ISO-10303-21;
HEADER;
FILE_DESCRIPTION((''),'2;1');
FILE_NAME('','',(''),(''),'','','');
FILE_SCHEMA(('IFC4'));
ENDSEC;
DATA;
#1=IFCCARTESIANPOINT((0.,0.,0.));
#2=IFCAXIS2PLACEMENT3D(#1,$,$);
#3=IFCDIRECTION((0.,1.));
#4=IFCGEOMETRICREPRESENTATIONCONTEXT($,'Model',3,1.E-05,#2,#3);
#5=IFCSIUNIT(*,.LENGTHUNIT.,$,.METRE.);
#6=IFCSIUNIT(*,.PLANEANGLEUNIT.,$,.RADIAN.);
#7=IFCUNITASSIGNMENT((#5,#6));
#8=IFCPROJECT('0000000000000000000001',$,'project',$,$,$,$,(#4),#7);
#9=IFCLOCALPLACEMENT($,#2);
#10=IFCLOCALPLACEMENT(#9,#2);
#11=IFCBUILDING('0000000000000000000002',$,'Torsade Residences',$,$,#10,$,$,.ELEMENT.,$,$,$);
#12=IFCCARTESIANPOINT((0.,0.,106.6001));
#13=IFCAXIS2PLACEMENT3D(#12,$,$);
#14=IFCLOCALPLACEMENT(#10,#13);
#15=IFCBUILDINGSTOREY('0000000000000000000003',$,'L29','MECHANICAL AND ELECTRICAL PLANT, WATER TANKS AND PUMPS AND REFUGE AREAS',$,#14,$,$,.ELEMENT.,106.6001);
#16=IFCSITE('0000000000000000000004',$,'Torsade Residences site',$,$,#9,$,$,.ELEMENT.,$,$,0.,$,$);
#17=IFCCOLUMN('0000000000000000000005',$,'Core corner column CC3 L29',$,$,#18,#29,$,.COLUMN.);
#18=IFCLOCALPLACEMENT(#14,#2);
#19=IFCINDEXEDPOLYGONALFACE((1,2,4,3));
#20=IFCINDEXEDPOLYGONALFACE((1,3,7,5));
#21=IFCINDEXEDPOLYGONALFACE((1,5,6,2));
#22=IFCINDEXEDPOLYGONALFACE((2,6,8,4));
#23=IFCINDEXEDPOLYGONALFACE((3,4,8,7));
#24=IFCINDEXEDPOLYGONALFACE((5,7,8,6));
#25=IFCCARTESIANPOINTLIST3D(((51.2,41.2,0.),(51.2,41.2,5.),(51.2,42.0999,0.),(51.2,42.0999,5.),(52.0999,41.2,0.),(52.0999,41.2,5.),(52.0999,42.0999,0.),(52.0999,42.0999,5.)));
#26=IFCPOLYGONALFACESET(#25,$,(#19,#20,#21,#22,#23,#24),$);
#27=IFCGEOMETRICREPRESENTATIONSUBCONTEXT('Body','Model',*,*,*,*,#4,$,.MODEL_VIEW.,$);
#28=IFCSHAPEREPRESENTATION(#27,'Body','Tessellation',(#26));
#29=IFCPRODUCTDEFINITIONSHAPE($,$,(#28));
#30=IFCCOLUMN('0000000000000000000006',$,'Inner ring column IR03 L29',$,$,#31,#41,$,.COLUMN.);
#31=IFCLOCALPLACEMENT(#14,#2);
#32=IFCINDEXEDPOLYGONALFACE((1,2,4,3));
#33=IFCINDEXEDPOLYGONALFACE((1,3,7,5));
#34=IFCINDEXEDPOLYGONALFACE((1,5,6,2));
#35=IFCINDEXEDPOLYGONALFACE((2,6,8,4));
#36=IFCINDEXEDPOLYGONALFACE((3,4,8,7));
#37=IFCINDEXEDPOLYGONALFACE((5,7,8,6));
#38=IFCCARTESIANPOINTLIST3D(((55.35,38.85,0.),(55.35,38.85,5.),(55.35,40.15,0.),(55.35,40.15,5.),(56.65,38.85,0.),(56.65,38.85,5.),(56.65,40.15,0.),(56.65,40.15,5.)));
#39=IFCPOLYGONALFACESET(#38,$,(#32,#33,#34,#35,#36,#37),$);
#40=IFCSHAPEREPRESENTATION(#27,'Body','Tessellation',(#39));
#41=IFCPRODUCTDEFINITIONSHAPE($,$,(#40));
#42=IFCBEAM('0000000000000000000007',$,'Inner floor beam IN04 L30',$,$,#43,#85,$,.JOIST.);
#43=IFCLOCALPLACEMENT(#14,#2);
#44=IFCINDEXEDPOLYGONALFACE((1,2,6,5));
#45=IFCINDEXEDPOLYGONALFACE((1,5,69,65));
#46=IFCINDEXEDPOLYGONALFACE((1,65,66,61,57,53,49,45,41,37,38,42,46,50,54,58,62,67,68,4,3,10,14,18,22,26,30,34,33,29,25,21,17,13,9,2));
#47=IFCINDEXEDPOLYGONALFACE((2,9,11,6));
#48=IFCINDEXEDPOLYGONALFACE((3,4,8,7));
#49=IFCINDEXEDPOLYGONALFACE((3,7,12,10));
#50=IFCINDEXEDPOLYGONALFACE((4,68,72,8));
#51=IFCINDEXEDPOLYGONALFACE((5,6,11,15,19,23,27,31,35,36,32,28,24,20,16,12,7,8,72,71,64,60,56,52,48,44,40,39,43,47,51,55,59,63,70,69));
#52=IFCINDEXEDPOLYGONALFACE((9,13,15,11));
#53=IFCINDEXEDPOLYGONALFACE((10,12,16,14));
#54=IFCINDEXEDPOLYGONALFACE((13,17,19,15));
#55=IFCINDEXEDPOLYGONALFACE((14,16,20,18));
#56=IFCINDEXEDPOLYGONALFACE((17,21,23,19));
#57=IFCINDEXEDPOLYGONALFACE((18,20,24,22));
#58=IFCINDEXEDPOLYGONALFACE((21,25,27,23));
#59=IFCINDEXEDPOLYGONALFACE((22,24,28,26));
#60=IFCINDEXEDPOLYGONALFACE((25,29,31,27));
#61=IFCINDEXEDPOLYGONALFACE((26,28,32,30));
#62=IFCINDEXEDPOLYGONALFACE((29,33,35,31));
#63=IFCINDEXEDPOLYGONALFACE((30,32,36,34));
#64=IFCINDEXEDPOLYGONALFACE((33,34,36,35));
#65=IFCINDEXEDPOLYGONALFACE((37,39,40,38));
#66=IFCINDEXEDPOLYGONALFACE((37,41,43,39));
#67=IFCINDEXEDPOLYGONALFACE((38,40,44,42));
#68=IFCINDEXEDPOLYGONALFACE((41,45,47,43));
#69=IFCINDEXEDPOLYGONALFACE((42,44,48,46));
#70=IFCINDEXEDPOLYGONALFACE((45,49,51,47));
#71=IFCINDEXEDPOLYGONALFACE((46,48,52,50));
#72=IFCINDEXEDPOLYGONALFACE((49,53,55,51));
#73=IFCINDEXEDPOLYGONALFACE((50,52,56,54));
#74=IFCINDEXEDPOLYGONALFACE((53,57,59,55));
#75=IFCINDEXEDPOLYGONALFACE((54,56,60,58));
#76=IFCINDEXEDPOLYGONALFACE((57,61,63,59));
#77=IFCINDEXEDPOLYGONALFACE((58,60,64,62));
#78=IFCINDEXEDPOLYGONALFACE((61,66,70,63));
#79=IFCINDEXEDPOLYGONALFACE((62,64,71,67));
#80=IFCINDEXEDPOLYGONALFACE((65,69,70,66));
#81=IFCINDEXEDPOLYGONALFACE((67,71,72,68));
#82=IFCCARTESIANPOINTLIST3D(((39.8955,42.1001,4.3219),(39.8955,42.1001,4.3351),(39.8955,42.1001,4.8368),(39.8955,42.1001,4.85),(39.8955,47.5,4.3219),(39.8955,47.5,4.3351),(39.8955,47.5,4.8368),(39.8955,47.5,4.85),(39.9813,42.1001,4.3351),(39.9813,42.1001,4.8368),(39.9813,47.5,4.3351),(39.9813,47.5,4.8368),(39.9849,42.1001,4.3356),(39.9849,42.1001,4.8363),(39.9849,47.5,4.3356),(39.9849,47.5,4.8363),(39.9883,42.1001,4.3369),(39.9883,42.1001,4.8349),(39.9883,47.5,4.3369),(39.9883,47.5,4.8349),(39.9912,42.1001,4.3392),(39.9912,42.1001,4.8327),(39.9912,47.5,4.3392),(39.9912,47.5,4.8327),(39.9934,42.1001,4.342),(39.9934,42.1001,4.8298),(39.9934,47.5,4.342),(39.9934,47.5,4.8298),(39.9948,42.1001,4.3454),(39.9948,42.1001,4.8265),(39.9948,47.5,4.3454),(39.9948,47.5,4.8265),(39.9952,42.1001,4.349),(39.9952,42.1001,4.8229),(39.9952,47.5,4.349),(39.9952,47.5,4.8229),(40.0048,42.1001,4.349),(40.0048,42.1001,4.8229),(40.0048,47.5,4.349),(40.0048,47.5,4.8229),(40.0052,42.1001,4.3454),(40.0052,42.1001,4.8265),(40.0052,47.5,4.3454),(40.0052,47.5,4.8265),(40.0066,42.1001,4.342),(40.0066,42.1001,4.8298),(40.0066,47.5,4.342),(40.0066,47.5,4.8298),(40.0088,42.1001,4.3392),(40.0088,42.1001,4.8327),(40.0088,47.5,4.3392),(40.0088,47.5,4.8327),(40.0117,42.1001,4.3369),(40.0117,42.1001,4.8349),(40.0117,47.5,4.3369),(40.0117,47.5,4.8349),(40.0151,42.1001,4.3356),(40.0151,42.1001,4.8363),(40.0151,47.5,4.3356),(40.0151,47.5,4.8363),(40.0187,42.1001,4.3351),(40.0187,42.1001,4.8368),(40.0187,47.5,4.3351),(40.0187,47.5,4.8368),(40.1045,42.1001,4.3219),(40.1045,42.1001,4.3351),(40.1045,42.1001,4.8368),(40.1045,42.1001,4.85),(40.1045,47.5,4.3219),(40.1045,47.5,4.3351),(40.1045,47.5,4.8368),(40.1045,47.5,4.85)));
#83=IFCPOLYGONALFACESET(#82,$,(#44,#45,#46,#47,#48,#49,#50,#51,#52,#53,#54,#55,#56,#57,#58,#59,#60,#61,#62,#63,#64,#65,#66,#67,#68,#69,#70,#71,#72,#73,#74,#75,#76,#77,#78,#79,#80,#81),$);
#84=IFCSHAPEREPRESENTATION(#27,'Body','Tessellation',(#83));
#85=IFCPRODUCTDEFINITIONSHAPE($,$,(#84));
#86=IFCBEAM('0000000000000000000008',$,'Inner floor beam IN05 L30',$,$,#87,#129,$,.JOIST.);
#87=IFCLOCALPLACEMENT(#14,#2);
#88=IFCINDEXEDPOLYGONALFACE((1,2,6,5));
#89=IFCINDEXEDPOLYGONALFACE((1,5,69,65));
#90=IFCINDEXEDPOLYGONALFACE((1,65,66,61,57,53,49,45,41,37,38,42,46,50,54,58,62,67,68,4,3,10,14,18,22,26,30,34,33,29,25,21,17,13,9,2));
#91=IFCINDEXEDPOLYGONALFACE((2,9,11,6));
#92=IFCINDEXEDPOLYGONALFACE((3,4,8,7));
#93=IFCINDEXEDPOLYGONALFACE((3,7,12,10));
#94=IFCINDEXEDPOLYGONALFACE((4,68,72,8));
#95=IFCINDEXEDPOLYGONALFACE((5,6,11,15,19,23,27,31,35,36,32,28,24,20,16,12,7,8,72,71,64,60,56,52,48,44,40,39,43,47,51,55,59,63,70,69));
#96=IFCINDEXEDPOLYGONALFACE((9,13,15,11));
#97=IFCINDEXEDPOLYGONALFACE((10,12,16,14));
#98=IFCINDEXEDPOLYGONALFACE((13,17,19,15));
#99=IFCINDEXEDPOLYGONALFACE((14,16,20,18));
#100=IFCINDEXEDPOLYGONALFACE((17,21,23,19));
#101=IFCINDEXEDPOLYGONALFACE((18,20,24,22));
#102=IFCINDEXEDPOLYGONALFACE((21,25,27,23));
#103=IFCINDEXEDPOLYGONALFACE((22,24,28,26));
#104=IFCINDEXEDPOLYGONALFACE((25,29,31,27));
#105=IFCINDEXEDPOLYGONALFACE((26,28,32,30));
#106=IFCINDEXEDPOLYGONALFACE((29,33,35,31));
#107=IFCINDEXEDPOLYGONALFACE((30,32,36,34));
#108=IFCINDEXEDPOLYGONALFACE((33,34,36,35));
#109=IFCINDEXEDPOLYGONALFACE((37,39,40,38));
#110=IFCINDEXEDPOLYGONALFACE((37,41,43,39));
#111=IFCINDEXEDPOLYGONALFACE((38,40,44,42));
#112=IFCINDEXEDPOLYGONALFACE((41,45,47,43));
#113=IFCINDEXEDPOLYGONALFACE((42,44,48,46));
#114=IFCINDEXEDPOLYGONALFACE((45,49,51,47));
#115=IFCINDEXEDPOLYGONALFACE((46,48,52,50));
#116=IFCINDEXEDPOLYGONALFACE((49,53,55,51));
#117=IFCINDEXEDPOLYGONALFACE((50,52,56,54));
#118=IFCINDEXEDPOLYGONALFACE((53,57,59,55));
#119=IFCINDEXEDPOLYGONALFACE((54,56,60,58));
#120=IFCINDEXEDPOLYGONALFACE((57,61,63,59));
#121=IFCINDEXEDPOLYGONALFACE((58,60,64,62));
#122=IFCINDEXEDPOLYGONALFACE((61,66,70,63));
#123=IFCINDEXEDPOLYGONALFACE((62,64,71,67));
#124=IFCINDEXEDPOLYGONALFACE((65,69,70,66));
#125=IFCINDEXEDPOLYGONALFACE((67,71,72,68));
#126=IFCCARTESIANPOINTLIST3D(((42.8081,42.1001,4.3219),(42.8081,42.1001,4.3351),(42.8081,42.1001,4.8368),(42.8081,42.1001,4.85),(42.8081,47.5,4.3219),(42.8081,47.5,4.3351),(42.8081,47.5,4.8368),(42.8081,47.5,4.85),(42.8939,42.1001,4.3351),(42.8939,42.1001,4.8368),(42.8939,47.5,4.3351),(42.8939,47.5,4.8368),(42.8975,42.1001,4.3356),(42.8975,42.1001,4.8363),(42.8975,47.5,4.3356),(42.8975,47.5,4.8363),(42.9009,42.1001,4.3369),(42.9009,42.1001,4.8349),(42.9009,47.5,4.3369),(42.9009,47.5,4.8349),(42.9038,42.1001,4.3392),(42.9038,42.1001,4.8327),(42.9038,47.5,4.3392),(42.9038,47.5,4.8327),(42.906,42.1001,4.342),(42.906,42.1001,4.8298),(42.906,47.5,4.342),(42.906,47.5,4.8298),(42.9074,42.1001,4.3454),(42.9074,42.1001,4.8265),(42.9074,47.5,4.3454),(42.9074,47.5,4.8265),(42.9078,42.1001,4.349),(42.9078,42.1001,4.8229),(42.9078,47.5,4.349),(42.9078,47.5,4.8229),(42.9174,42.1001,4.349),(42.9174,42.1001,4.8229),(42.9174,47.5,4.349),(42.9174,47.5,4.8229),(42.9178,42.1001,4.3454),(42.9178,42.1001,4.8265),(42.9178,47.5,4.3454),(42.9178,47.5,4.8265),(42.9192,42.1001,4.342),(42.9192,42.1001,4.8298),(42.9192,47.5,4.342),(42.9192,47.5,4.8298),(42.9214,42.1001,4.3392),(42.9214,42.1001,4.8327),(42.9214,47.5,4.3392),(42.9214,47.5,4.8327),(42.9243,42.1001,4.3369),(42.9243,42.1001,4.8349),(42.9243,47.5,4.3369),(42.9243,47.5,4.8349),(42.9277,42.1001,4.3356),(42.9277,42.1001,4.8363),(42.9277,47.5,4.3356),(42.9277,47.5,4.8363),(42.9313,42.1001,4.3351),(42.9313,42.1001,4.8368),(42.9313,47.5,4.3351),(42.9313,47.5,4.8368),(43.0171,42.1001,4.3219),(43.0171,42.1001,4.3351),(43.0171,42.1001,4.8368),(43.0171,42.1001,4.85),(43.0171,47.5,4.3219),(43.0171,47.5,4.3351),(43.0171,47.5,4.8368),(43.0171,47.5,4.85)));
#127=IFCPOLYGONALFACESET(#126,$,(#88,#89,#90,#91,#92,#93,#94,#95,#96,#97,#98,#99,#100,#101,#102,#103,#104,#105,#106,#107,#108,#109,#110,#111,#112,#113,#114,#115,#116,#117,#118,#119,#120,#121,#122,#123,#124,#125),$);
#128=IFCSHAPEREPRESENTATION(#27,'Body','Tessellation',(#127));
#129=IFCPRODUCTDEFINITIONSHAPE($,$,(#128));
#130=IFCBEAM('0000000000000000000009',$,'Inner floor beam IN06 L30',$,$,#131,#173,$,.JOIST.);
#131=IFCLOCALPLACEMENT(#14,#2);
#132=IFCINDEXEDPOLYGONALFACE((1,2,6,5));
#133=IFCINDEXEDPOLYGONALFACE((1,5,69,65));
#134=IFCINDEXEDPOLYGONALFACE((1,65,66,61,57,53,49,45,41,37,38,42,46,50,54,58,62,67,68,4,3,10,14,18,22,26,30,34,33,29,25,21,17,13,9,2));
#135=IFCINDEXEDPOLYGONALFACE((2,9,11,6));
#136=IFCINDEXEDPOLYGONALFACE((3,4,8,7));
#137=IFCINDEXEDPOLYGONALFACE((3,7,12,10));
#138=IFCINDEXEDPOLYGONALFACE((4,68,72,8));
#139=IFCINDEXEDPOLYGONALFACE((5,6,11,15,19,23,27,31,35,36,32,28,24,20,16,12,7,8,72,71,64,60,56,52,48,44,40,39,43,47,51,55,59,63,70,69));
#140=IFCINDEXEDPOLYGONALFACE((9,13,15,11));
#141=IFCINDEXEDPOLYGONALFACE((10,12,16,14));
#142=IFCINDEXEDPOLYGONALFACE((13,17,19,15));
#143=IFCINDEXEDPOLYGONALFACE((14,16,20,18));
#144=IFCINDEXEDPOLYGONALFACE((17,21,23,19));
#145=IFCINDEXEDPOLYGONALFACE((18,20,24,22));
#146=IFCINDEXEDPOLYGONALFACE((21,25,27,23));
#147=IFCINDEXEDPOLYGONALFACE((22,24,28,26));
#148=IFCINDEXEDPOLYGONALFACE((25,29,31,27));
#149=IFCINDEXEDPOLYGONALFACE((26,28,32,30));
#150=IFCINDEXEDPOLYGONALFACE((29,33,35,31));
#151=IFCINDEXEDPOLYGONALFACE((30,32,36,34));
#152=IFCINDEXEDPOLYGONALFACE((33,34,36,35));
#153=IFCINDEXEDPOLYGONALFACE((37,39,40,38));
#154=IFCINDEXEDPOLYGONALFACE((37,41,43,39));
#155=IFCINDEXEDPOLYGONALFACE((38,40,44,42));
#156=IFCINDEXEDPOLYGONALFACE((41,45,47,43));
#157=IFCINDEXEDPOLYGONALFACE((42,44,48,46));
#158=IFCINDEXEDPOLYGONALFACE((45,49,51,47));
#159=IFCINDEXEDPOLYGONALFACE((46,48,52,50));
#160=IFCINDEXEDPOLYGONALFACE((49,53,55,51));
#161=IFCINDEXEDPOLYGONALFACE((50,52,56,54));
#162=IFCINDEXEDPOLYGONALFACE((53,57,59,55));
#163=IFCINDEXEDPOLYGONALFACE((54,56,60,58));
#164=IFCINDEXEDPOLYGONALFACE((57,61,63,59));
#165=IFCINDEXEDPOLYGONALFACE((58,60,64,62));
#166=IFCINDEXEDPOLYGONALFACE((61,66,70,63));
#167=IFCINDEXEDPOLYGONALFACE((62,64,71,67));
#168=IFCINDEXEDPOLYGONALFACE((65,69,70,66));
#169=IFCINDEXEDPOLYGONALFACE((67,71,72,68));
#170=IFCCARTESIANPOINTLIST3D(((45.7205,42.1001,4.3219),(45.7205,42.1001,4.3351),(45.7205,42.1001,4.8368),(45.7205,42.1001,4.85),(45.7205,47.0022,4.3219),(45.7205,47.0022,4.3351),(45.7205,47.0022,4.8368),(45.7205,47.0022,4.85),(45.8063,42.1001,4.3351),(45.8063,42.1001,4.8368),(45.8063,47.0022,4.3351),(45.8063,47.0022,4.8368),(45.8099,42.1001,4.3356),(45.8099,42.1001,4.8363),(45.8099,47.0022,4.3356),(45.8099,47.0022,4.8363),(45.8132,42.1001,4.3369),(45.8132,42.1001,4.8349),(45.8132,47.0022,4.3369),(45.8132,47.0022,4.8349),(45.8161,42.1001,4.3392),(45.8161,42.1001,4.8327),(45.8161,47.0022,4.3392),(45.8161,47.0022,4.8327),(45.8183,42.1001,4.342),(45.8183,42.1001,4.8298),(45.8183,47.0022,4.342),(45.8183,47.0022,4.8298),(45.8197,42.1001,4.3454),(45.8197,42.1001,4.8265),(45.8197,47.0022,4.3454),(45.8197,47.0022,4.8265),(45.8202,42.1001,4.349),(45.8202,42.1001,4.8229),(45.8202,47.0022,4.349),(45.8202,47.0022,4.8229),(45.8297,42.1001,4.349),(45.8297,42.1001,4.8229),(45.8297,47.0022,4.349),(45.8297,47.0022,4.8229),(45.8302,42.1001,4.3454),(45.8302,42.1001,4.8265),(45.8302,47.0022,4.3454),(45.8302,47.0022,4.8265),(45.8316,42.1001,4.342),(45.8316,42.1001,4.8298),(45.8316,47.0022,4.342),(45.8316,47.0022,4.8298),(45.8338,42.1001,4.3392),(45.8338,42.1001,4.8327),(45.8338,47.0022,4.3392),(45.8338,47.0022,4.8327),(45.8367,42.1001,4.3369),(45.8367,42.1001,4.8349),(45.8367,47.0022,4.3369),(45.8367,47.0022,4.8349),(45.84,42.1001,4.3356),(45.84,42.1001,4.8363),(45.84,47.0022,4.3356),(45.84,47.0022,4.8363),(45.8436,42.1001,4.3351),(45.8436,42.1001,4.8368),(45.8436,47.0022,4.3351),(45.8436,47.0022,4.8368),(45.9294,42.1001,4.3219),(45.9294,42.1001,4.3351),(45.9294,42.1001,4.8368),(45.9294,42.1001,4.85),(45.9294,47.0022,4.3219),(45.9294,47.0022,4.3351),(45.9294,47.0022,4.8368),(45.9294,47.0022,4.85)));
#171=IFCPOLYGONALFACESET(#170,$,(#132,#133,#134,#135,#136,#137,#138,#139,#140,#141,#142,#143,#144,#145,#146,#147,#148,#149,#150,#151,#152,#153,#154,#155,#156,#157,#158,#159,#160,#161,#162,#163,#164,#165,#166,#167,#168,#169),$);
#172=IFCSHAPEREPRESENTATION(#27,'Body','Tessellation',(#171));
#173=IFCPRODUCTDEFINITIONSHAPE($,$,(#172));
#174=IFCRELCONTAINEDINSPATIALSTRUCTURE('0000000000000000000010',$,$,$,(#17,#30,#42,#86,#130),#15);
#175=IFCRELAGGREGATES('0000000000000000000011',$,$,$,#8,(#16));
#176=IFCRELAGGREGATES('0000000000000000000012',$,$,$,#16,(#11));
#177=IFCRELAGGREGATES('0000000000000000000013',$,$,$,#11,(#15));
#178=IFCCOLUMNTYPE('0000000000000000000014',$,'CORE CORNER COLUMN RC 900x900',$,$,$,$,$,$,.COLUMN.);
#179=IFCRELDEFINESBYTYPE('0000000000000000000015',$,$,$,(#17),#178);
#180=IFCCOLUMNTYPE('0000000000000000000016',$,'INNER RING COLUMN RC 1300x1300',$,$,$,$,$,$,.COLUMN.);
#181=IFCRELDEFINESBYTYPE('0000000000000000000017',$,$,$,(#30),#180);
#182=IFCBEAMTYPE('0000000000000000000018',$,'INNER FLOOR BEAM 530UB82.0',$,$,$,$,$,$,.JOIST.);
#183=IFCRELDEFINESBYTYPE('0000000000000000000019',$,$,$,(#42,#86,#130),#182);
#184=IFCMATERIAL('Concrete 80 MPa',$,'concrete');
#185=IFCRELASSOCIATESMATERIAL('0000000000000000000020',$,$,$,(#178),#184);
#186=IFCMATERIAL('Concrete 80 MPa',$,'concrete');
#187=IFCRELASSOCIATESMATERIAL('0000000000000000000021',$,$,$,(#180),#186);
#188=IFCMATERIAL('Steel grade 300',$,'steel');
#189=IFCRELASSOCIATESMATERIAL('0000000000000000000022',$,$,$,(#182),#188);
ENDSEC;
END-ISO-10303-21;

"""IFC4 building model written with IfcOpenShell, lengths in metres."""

from ifc_helpers import new_model, si_unit, direction, frame, origin, origin_2d, place, context, subcontext, project, spatial, rectangle, i_section, extrude, material, material_profile, profile_set, type_object, element, save


model = new_model("IFC4")

# Units and contexts
model_context = context("Model", 3, precision=1e-05, world=origin(), true_north=direction((0.0, 1.0)))
body_context = subcontext(model_context, "Body", "Model", "MODEL_VIEW")
ifc_project = project(units=[si_unit("LENGTHUNIT", "METRE"), si_unit("PLANEANGLEUNIT", "RADIAN")], contexts=[model_context])

# Site, building, storey
site_placement = place(None, origin())
site = spatial("IfcSite", under=ifc_project, at=site_placement, Name="Torsade Residences site", CompositionType="ELEMENT", RefElevation=0.0)
building_placement = place(site_placement, origin())
building = spatial("IfcBuilding", under=site, at=building_placement, Name="Torsade Residences", CompositionType="ELEMENT")
storey_placement = place(building_placement, frame((0.0, 0.0, 106.6001)))
storey = spatial("IfcBuildingStorey", under=building, at=storey_placement, Name="L29", Description="MECHANICAL AND ELECTRICAL PLANT, WATER TANKS AND PUMPS AND REFUGE AREAS", CompositionType="ELEMENT", Elevation=106.6001)

# Columns
ifc_material_1 = material(Name="Concrete 80 MPa", Category="concrete")
ifc_material_profile_1 = material_profile(ifc_material_1, rectangle(XDim=0.8999, YDim=0.8999, at=origin_2d()), Name="RC 900x900")
ifc_profile_set_1 = profile_set([ifc_material_profile_1], Name="Concrete 80 MPa")
column_type_1 = type_object("IfcColumnType", Name="CORE CORNER COLUMN RC 900x900", PredefinedType="COLUMN", material=ifc_profile_set_1)
column_1_placement = place(storey_placement, frame((51.6499, 41.6499, 0.0), z_axis=(0.0, 0.0, 1.0), x_axis=(1.0, 0.0, 0.0)))
element("IfcColumn", 1, at=column_1_placement, inside=storey, type_object=column_type_1, Name="Core corner column CC3 L29", PredefinedType="COLUMN", context=body_context, shape_type="SweptSolid", body=[
    extrude(rectangle(XDim=0.8999, YDim=0.8999, at=origin_2d()), origin(), (0.0, 0.0, 1.0), 5.0),
])
ifc_material_2 = material(Name="Concrete 80 MPa", Category="concrete")
ifc_material_profile_2 = material_profile(ifc_material_2, rectangle(XDim=1.3, YDim=1.3, at=origin_2d()), Name="RC 1300x1300")
ifc_profile_set_2 = profile_set([ifc_material_profile_2], Name="Concrete 80 MPa")
column_type_2 = type_object("IfcColumnType", Name="INNER RING COLUMN RC 1300x1300", PredefinedType="COLUMN", material=ifc_profile_set_2)
column_2_placement = place(storey_placement, frame((56.0, 39.5, 0.0), z_axis=(0.0, 0.0, 1.0), x_axis=(1.0, 0.0, 0.0)))
element("IfcColumn", 2, at=column_2_placement, inside=storey, type_object=column_type_2, Name="Inner ring column IR03 L29", PredefinedType="COLUMN", context=body_context, shape_type="SweptSolid", body=[
    extrude(rectangle(XDim=1.3, YDim=1.3, at=origin_2d()), origin(), (0.0, 0.0, 1.0), 5.0),
])

# Beams
ifc_material_3 = material(Name="Steel grade 300", Category="steel")
ifc_material_profile_3 = material_profile(ifc_material_3, i_section(OverallWidth=0.209, OverallDepth=0.5281, WebThickness=0.0095, FlangeThickness=0.0132, FilletRadius=0.0139, at=origin_2d()), Name="530UB82.0")
ifc_profile_set_3 = profile_set([ifc_material_profile_3], Name="Steel grade 300")
beam_type_1 = type_object("IfcBeamType", Name="INNER FLOOR BEAM 530UB82.0", PredefinedType="JOIST", material=ifc_profile_set_3)
for number, where, z_axis, x_axis, name in (
    (3, (40.0, 42.1001, 4.5859), (0.0, 1.0, 0.0), (-1.0, 0.0, 0.0), "Inner floor beam IN04 L30"),
    (4, (42.9126, 42.1001, 4.5859), (0.0, 1.0, 0.0), (-1.0, 0.0, 0.0), "Inner floor beam IN05 L30"),
):
    element("IfcBeam", number, at=place(storey_placement, frame(where, z_axis=z_axis, x_axis=x_axis)), inside=storey, type_object=beam_type_1, Name=name, PredefinedType="JOIST", context=body_context, shape_type="SweptSolid", body=[
        extrude(i_section(OverallWidth=0.209, OverallDepth=0.5281, WebThickness=0.0095, FlangeThickness=0.0132, FilletRadius=0.0139, at=origin_2d()), origin(), (0.0, 0.0, 1.0), 5.3999),
    ])
beam_1_placement = place(storey_placement, frame((45.825, 42.1001, 4.5859), z_axis=(0.0, 1.0, 0.0), x_axis=(-1.0, 0.0, 0.0)))
element("IfcBeam", 5, at=beam_1_placement, inside=storey, type_object=beam_type_1, Name="Inner floor beam IN06 L30", PredefinedType="JOIST", context=body_context, shape_type="SweptSolid", body=[
    extrude(i_section(OverallWidth=0.209, OverallDepth=0.5281, WebThickness=0.0095, FlangeThickness=0.0132, FilletRadius=0.0139, at=origin_2d()), origin(), (0.0, 0.0, 1.0), 4.9021),
])

save(model, "model.ifc")
